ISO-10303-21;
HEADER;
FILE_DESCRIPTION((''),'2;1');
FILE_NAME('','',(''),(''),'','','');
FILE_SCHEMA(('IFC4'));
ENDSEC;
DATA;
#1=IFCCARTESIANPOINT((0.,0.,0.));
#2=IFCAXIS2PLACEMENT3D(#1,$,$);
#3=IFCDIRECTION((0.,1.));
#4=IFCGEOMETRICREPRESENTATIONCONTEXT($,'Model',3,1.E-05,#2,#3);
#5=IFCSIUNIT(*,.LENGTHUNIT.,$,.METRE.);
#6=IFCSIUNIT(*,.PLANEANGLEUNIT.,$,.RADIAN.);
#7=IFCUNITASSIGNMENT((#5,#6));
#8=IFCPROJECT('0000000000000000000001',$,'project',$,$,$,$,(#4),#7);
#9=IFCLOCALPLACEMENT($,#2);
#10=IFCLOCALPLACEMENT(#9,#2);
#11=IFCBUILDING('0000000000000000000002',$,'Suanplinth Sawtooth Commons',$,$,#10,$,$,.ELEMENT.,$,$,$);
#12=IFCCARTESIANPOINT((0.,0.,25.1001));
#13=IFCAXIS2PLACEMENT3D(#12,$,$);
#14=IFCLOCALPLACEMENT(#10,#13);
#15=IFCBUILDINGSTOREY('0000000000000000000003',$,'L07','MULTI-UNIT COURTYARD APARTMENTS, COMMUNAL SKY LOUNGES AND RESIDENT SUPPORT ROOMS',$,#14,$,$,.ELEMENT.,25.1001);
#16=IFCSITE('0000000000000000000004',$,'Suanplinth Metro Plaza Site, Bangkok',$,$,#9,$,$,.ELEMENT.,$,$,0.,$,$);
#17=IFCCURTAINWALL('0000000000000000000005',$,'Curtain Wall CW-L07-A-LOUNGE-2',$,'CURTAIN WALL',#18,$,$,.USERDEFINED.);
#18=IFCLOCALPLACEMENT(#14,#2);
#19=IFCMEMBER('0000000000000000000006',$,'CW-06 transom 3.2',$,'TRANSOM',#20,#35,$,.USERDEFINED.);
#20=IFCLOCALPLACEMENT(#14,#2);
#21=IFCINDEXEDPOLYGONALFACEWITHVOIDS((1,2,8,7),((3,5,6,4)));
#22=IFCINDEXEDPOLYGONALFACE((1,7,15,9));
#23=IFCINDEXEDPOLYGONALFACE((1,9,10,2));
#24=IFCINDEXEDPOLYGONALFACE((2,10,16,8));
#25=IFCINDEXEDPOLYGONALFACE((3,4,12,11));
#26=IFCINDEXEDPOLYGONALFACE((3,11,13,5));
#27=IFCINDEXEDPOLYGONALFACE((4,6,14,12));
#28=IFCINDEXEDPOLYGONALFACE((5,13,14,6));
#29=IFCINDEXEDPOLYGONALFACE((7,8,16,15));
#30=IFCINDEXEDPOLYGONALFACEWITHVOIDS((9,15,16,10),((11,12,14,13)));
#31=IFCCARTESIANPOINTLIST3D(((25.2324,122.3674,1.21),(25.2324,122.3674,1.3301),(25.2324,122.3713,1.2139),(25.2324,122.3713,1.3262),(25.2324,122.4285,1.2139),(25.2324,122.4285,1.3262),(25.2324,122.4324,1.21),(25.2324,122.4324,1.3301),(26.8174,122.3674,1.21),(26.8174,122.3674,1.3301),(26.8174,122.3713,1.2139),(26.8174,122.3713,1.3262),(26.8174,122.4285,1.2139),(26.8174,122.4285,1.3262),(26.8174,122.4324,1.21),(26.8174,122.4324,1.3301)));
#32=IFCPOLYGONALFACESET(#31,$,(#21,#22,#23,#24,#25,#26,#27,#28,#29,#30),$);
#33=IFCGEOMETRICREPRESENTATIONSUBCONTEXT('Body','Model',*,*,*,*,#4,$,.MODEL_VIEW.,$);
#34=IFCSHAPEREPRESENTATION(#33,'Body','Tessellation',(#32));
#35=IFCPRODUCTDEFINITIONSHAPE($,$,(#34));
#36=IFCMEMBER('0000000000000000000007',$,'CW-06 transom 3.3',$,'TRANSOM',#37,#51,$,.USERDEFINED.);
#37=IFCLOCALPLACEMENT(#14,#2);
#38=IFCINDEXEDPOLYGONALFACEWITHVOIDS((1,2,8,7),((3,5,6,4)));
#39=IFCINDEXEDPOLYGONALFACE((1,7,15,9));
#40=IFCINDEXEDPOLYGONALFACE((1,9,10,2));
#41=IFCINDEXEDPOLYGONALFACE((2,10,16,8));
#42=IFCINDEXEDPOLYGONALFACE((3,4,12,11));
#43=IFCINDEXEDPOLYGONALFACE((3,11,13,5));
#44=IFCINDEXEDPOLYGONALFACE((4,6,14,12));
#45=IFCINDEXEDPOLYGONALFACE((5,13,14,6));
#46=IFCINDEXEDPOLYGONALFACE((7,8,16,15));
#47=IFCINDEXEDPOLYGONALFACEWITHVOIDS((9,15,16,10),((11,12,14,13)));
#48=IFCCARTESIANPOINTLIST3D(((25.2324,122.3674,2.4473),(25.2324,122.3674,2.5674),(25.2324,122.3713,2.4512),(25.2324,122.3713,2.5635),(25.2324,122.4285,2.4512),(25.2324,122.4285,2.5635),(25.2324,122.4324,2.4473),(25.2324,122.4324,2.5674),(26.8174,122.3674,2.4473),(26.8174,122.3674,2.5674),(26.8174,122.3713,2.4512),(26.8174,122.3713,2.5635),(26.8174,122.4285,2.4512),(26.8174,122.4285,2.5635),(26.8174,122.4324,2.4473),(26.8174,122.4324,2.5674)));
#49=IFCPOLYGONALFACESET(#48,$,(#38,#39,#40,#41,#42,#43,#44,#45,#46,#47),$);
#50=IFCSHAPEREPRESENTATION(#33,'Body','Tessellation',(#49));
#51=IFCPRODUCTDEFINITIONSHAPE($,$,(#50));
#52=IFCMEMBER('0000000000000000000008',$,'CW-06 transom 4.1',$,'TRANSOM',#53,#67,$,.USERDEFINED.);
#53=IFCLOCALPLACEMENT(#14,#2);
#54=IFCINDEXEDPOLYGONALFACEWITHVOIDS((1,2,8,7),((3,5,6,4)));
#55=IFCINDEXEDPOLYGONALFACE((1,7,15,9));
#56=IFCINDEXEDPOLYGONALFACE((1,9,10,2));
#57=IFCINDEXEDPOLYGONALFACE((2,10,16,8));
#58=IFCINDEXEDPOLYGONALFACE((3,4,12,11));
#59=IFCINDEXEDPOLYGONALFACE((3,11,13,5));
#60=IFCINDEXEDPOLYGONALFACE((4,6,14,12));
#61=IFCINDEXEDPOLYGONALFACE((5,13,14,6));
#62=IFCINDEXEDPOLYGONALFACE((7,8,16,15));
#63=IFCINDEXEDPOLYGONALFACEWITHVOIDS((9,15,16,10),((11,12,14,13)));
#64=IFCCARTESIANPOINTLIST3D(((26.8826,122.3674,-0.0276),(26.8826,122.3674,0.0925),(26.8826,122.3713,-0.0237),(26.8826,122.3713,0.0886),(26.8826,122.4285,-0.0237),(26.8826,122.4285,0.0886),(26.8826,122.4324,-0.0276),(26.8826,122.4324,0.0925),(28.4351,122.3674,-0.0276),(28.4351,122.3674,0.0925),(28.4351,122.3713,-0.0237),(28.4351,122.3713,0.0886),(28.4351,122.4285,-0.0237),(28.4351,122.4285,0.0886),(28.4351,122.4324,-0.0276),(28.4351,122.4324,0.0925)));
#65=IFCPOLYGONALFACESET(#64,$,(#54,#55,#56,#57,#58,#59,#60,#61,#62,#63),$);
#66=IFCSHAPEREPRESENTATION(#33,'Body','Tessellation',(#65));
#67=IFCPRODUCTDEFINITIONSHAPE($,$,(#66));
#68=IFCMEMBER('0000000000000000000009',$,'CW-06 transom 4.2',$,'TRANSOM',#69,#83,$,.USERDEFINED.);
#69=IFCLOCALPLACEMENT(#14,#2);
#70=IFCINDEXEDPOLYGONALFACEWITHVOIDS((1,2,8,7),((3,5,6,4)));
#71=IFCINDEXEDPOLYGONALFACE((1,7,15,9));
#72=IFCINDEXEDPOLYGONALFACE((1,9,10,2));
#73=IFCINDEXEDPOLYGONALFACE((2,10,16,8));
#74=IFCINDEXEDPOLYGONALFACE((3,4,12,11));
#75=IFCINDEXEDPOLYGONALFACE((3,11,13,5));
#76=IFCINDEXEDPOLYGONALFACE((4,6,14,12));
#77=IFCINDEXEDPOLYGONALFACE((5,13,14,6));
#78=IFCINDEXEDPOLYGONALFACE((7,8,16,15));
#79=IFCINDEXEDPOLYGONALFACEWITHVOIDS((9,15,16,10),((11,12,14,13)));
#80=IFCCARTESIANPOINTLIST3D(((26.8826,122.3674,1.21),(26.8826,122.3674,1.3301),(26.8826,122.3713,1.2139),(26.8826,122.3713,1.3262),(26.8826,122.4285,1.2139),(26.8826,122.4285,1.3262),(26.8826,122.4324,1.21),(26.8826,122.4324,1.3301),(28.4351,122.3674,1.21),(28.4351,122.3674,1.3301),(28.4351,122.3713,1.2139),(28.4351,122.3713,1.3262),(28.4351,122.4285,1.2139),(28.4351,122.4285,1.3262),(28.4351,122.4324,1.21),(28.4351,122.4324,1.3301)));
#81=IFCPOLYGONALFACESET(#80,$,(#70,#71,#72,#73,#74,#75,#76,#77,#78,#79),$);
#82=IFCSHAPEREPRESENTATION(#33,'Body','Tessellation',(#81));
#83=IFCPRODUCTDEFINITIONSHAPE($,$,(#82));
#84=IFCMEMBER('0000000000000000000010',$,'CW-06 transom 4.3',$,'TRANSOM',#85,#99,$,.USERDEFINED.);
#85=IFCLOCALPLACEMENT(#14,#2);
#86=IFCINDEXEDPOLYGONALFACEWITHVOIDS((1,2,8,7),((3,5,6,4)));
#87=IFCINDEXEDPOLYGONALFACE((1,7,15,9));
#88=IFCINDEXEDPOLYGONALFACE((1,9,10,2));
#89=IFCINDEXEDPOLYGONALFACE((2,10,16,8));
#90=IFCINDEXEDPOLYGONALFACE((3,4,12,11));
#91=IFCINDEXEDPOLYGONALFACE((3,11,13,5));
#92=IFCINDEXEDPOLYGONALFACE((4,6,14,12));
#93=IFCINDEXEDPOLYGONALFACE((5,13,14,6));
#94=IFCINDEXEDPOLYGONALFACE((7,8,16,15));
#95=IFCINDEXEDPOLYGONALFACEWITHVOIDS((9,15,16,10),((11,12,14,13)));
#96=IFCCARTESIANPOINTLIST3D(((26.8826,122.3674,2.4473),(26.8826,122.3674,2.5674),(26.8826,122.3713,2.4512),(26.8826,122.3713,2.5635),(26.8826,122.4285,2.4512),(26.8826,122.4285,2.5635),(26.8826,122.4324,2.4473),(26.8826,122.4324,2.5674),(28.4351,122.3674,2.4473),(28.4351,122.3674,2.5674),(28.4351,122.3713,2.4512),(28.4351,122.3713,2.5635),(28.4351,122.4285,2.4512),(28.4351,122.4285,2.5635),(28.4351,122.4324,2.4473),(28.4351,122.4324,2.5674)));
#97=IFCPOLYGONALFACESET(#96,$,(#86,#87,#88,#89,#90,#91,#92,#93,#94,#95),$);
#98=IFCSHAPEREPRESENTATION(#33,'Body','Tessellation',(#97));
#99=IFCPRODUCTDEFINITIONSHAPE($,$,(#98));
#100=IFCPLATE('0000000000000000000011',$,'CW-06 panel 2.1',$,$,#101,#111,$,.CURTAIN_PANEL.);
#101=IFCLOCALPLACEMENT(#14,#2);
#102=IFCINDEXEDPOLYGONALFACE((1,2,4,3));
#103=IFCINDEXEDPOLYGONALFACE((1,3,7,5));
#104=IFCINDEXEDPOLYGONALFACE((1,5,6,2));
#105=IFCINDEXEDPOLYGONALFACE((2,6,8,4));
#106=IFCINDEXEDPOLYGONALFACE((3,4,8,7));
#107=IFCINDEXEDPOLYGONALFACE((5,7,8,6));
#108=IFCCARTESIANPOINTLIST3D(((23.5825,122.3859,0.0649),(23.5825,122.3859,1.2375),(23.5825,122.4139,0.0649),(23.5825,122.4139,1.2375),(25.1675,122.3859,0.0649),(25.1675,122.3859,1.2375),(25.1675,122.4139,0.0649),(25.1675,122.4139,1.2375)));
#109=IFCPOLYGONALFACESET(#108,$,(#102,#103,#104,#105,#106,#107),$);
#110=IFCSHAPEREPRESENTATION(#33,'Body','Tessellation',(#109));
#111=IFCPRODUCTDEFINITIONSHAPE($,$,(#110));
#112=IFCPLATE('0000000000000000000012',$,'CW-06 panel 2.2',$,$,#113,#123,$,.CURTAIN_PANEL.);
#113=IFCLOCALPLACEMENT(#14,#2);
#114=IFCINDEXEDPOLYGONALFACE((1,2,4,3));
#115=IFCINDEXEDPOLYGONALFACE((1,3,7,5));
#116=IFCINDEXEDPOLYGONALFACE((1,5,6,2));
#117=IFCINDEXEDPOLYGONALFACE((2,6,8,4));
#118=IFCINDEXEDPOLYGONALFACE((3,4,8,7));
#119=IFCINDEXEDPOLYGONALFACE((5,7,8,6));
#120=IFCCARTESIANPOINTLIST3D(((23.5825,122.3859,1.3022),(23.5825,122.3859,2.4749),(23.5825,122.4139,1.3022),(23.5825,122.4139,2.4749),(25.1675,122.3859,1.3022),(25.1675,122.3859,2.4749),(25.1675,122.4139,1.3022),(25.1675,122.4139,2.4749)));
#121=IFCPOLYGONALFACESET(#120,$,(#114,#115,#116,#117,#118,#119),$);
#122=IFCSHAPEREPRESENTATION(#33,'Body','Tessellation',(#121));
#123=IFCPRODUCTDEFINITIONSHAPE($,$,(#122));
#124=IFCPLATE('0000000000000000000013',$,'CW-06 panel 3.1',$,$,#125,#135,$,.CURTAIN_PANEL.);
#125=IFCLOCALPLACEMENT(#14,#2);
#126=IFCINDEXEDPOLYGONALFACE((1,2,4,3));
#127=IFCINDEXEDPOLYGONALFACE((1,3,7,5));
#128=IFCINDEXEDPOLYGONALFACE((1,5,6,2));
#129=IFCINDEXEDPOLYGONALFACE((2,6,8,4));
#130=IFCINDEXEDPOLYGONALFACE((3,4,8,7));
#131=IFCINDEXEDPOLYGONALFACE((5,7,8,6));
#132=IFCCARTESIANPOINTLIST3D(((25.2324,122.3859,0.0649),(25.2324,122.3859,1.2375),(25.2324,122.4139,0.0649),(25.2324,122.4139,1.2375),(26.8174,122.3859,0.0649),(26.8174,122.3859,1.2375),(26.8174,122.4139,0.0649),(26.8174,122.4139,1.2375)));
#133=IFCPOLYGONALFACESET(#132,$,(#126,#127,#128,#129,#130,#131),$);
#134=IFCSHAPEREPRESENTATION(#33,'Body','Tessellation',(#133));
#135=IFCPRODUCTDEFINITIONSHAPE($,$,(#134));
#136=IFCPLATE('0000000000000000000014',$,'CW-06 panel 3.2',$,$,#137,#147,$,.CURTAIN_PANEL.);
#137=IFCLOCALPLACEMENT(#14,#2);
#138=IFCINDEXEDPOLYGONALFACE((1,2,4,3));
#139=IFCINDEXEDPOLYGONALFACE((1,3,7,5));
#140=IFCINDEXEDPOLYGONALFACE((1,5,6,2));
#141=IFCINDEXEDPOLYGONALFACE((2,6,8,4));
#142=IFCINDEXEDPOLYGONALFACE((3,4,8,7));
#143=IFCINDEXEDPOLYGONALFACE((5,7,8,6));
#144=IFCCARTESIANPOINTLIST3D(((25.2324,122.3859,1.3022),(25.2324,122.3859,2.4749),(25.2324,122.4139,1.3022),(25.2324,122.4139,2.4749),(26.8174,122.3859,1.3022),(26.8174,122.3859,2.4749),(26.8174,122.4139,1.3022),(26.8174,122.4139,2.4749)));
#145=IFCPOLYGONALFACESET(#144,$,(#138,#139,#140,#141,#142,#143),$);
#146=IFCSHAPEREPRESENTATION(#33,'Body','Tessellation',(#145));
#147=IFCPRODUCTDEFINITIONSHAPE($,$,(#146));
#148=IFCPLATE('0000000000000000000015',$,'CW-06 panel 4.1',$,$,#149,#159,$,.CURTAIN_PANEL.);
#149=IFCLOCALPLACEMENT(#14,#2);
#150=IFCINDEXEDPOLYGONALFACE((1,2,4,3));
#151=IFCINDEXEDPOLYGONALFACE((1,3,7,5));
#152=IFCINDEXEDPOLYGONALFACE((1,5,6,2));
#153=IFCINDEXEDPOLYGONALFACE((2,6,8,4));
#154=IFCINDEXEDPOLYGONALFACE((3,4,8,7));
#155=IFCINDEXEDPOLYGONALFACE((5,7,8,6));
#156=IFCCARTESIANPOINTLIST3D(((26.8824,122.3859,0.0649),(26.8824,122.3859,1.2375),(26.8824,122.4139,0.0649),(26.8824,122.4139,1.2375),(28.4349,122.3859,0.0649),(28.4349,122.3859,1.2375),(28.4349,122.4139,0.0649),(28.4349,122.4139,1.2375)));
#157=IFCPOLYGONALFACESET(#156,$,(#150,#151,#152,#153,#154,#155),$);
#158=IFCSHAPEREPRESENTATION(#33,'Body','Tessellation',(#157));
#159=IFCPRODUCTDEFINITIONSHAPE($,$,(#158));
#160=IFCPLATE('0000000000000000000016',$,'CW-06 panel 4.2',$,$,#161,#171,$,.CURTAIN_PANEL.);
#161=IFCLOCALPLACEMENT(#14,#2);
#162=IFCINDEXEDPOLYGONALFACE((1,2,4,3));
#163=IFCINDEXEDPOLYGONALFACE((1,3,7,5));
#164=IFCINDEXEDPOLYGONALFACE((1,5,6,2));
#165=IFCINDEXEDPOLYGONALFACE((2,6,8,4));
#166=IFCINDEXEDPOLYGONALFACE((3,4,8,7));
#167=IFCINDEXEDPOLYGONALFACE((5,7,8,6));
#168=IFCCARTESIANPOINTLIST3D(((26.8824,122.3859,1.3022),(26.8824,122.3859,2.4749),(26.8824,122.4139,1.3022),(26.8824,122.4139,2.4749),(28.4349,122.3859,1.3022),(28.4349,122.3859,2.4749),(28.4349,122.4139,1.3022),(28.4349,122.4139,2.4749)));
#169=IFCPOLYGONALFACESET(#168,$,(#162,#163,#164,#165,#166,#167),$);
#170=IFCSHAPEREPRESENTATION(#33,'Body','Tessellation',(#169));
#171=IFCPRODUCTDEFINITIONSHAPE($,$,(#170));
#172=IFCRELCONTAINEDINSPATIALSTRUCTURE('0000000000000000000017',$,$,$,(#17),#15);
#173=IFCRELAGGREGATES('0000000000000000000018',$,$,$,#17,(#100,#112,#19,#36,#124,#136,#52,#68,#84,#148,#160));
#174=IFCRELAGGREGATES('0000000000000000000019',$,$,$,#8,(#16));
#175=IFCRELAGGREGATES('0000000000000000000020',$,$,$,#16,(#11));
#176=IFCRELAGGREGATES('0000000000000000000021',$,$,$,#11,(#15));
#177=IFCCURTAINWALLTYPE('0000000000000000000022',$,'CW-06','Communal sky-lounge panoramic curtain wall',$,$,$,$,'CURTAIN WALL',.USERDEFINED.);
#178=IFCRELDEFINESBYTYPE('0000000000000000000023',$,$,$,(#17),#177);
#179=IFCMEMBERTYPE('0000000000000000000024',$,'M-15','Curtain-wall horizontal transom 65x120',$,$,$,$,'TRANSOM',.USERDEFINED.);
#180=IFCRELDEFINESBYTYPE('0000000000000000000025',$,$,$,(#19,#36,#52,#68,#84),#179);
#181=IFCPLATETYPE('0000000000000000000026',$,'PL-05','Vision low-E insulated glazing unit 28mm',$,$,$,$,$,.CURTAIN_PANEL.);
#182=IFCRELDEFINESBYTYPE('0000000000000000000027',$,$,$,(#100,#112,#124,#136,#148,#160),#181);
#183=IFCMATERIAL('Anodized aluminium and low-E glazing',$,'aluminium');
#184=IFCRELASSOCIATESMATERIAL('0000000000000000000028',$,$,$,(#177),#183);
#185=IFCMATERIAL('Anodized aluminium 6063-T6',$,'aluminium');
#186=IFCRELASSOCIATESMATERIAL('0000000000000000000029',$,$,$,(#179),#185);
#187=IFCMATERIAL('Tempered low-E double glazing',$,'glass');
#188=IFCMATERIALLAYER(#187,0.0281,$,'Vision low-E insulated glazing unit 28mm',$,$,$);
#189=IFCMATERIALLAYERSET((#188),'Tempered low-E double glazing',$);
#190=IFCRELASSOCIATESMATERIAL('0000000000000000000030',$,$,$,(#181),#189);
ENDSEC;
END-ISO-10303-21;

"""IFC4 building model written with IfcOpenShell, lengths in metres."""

from ifc_helpers import new_model, si_unit, direction, frame, origin, origin_2d, place, context, subcontext, project, spatial, rectangle, hollow_rectangle, extrude, material, layer, layer_set, material_profile, profile_set, type_object, element, aggregate, save


model = new_model("IFC4")

# Units and contexts
model_context = context("Model", 3, precision=1e-05, world=origin(), true_north=direction((0.0, 1.0)))
body_context = subcontext(model_context, "Body", "Model", "MODEL_VIEW")
ifc_project = project(units=[si_unit("LENGTHUNIT", "METRE"), si_unit("PLANEANGLEUNIT", "RADIAN")], contexts=[model_context])

# Site, building, storey
site_placement = place(None, origin())
site = spatial("IfcSite", under=ifc_project, at=site_placement, Name="Suanplinth Metro Plaza Site, Bangkok", CompositionType="ELEMENT", RefElevation=0.0)
building_placement = place(site_placement, origin())
building = spatial("IfcBuilding", under=site, at=building_placement, Name="Suanplinth Sawtooth Commons", CompositionType="ELEMENT")
storey_placement = place(building_placement, frame((0.0, 0.0, 25.1001)))
storey = spatial("IfcBuildingStorey", under=building, at=storey_placement, Name="L07", Description="MULTI-UNIT COURTYARD APARTMENTS, COMMUNAL SKY LOUNGES AND RESIDENT SUPPORT ROOMS", CompositionType="ELEMENT", Elevation=25.1001)

# Curtain wall, members, plates
ifc_material_1 = material(Name="Anodized aluminium and low-E glazing", Category="aluminium")
curtain_wall_type = type_object("IfcCurtainWallType", Name="CW-06", Description="Communal sky-lounge panoramic curtain wall", ElementType="CURTAIN WALL", PredefinedType="USERDEFINED", material=ifc_material_1)
curtain_wall_placement = place(storey_placement, origin())
curtain_wall = element("IfcCurtainWall", 1, at=curtain_wall_placement, inside=storey, type_object=curtain_wall_type, Name="Curtain Wall CW-L07-A-LOUNGE-2", ObjectType="CURTAIN WALL", PredefinedType="USERDEFINED")
ifc_material_2 = material(Name="Anodized aluminium 6063-T6", Category="aluminium")
ifc_material_profile_1 = material_profile(ifc_material_2, hollow_rectangle(XDim=0.0649, YDim=0.1201, WallThickness=0.0039, at=origin_2d()), Name="ALU-TRN 65x120")
ifc_profile_set_1 = profile_set([ifc_material_profile_1], Name="Anodized aluminium 6063-T6")
member_type_1 = type_object("IfcMemberType", Name="M-15", Description="Curtain-wall horizontal transom 65x120", ElementType="TRANSOM", PredefinedType="USERDEFINED", material=ifc_profile_set_1)
member_1_placement = place(storey_placement, frame((25.2324, 122.3999, 1.27), z_axis=(1.0, 0.0, 0.0), x_axis=(0.0, 1.0, 0.0)))
member_1 = element("IfcMember", 2, at=member_1_placement, type_object=member_type_1, Name="CW-06 transom 3.2", ObjectType="TRANSOM", PredefinedType="USERDEFINED", context=body_context, shape_type="SweptSolid", body=[
    extrude(hollow_rectangle(XDim=0.0649, YDim=0.1201, WallThickness=0.0039, at=origin_2d()), origin(), (0.0, 0.0, 1.0), 1.585),
])
member_2_placement = place(storey_placement, frame((25.2324, 122.3999, 2.5073), z_axis=(1.0, 0.0, 0.0), x_axis=(0.0, 1.0, 0.0)))
member_2 = element("IfcMember", 3, at=member_2_placement, type_object=member_type_1, Name="CW-06 transom 3.3", ObjectType="TRANSOM", PredefinedType="USERDEFINED", context=body_context, shape_type="SweptSolid", body=[
    extrude(hollow_rectangle(XDim=0.0649, YDim=0.1201, WallThickness=0.0039, at=origin_2d()), origin(), (0.0, 0.0, 1.0), 1.585),
])
member_3_placement = place(storey_placement, frame((26.8826, 122.3999, 0.0325), z_axis=(1.0, 0.0, 0.0), x_axis=(0.0, 1.0, 0.0)))
member_3 = element("IfcMember", 4, at=member_3_placement, type_object=member_type_1, Name="CW-06 transom 4.1", ObjectType="TRANSOM", PredefinedType="USERDEFINED", context=body_context, shape_type="SweptSolid", body=[
    extrude(hollow_rectangle(XDim=0.0649, YDim=0.1201, WallThickness=0.0039, at=origin_2d()), origin(), (0.0, 0.0, 1.0), 1.5525),
])
member_4_placement = place(storey_placement, frame((26.8826, 122.3999, 1.27), z_axis=(1.0, 0.0, 0.0), x_axis=(0.0, 1.0, 0.0)))
member_4 = element("IfcMember", 5, at=member_4_placement, type_object=member_type_1, Name="CW-06 transom 4.2", ObjectType="TRANSOM", PredefinedType="USERDEFINED", context=body_context, shape_type="SweptSolid", body=[
    extrude(hollow_rectangle(XDim=0.0649, YDim=0.1201, WallThickness=0.0039, at=origin_2d()), origin(), (0.0, 0.0, 1.0), 1.5525),
])
member_5_placement = place(storey_placement, frame((26.8826, 122.3999, 2.5073), z_axis=(1.0, 0.0, 0.0), x_axis=(0.0, 1.0, 0.0)))
member_5 = element("IfcMember", 6, at=member_5_placement, type_object=member_type_1, Name="CW-06 transom 4.3", ObjectType="TRANSOM", PredefinedType="USERDEFINED", context=body_context, shape_type="SweptSolid", body=[
    extrude(hollow_rectangle(XDim=0.0649, YDim=0.1201, WallThickness=0.0039, at=origin_2d()), origin(), (0.0, 0.0, 1.0), 1.5525),
])
ifc_material_3 = material(Name="Tempered low-E double glazing", Category="glass")
ifc_layer_1 = layer(ifc_material_3, 0.0281, Name="Vision low-E insulated glazing unit 28mm")
ifc_layer_set_1 = layer_set([ifc_layer_1], Name="Tempered low-E double glazing")
plate_type = type_object("IfcPlateType", Name="PL-05", Description="Vision low-E insulated glazing unit 28mm", PredefinedType="CURTAIN_PANEL", material=ifc_layer_set_1)
plate_1_placement = place(storey_placement, frame((24.375, 122.3999, 0.0649), z_axis=(0.0, 0.0, 1.0), x_axis=(1.0, 0.0, 0.0)))
plate_1 = element("IfcPlate", 7, at=plate_1_placement, type_object=plate_type, Name="CW-06 panel 2.1", PredefinedType="CURTAIN_PANEL", context=body_context, shape_type="SweptSolid", body=[
    extrude(rectangle(XDim=1.585, YDim=0.0281, at=origin_2d()), origin(), (0.0, 0.0, 1.0), 1.1726),
])
plate_2_placement = place(storey_placement, frame((24.375, 122.3999, 1.3022), z_axis=(0.0, 0.0, 1.0), x_axis=(1.0, 0.0, 0.0)))
plate_2 = element("IfcPlate", 8, at=plate_2_placement, type_object=plate_type, Name="CW-06 panel 2.2", PredefinedType="CURTAIN_PANEL", context=body_context, shape_type="SweptSolid", body=[
    extrude(rectangle(XDim=1.585, YDim=0.0281, at=origin_2d()), origin(), (0.0, 0.0, 1.0), 1.1726),
])
plate_3_placement = place(storey_placement, frame((26.0249, 122.3999, 0.0649), z_axis=(0.0, 0.0, 1.0), x_axis=(1.0, 0.0, 0.0)))
plate_3 = element("IfcPlate", 9, at=plate_3_placement, type_object=plate_type, Name="CW-06 panel 3.1", PredefinedType="CURTAIN_PANEL", context=body_context, shape_type="SweptSolid", body=[
    extrude(rectangle(XDim=1.585, YDim=0.0281, at=origin_2d()), origin(), (0.0, 0.0, 1.0), 1.1726),
])
plate_4_placement = place(storey_placement, frame((26.0249, 122.3999, 1.3022), z_axis=(0.0, 0.0, 1.0), x_axis=(1.0, 0.0, 0.0)))
plate_4 = element("IfcPlate", 10, at=plate_4_placement, type_object=plate_type, Name="CW-06 panel 3.2", PredefinedType="CURTAIN_PANEL", context=body_context, shape_type="SweptSolid", body=[
    extrude(rectangle(XDim=1.585, YDim=0.0281, at=origin_2d()), origin(), (0.0, 0.0, 1.0), 1.1726),
])
plate_5_placement = place(storey_placement, frame((27.6587, 122.3999, 0.0649), z_axis=(0.0, 0.0, 1.0), x_axis=(1.0, 0.0, 0.0)))
plate_5 = element("IfcPlate", 11, at=plate_5_placement, type_object=plate_type, Name="CW-06 panel 4.1", PredefinedType="CURTAIN_PANEL", context=body_context, shape_type="SweptSolid", body=[
    extrude(rectangle(XDim=1.5525, YDim=0.0281, at=origin_2d()), origin(), (0.0, 0.0, 1.0), 1.1726),
])
plate_6_placement = place(storey_placement, frame((27.6587, 122.3999, 1.3022), z_axis=(0.0, 0.0, 1.0), x_axis=(1.0, 0.0, 0.0)))
plate_6 = element("IfcPlate", 12, at=plate_6_placement, type_object=plate_type, Name="CW-06 panel 4.2", PredefinedType="CURTAIN_PANEL", context=body_context, shape_type="SweptSolid", body=[
    extrude(rectangle(XDim=1.5525, YDim=0.0281, at=origin_2d()), origin(), (0.0, 0.0, 1.0), 1.1726),
])
aggregate(curtain_wall, [plate_1, plate_2, member_1, member_2, plate_3, plate_4, member_3, member_4, member_5, plate_5, plate_6])

save(model, "model.ifc")
